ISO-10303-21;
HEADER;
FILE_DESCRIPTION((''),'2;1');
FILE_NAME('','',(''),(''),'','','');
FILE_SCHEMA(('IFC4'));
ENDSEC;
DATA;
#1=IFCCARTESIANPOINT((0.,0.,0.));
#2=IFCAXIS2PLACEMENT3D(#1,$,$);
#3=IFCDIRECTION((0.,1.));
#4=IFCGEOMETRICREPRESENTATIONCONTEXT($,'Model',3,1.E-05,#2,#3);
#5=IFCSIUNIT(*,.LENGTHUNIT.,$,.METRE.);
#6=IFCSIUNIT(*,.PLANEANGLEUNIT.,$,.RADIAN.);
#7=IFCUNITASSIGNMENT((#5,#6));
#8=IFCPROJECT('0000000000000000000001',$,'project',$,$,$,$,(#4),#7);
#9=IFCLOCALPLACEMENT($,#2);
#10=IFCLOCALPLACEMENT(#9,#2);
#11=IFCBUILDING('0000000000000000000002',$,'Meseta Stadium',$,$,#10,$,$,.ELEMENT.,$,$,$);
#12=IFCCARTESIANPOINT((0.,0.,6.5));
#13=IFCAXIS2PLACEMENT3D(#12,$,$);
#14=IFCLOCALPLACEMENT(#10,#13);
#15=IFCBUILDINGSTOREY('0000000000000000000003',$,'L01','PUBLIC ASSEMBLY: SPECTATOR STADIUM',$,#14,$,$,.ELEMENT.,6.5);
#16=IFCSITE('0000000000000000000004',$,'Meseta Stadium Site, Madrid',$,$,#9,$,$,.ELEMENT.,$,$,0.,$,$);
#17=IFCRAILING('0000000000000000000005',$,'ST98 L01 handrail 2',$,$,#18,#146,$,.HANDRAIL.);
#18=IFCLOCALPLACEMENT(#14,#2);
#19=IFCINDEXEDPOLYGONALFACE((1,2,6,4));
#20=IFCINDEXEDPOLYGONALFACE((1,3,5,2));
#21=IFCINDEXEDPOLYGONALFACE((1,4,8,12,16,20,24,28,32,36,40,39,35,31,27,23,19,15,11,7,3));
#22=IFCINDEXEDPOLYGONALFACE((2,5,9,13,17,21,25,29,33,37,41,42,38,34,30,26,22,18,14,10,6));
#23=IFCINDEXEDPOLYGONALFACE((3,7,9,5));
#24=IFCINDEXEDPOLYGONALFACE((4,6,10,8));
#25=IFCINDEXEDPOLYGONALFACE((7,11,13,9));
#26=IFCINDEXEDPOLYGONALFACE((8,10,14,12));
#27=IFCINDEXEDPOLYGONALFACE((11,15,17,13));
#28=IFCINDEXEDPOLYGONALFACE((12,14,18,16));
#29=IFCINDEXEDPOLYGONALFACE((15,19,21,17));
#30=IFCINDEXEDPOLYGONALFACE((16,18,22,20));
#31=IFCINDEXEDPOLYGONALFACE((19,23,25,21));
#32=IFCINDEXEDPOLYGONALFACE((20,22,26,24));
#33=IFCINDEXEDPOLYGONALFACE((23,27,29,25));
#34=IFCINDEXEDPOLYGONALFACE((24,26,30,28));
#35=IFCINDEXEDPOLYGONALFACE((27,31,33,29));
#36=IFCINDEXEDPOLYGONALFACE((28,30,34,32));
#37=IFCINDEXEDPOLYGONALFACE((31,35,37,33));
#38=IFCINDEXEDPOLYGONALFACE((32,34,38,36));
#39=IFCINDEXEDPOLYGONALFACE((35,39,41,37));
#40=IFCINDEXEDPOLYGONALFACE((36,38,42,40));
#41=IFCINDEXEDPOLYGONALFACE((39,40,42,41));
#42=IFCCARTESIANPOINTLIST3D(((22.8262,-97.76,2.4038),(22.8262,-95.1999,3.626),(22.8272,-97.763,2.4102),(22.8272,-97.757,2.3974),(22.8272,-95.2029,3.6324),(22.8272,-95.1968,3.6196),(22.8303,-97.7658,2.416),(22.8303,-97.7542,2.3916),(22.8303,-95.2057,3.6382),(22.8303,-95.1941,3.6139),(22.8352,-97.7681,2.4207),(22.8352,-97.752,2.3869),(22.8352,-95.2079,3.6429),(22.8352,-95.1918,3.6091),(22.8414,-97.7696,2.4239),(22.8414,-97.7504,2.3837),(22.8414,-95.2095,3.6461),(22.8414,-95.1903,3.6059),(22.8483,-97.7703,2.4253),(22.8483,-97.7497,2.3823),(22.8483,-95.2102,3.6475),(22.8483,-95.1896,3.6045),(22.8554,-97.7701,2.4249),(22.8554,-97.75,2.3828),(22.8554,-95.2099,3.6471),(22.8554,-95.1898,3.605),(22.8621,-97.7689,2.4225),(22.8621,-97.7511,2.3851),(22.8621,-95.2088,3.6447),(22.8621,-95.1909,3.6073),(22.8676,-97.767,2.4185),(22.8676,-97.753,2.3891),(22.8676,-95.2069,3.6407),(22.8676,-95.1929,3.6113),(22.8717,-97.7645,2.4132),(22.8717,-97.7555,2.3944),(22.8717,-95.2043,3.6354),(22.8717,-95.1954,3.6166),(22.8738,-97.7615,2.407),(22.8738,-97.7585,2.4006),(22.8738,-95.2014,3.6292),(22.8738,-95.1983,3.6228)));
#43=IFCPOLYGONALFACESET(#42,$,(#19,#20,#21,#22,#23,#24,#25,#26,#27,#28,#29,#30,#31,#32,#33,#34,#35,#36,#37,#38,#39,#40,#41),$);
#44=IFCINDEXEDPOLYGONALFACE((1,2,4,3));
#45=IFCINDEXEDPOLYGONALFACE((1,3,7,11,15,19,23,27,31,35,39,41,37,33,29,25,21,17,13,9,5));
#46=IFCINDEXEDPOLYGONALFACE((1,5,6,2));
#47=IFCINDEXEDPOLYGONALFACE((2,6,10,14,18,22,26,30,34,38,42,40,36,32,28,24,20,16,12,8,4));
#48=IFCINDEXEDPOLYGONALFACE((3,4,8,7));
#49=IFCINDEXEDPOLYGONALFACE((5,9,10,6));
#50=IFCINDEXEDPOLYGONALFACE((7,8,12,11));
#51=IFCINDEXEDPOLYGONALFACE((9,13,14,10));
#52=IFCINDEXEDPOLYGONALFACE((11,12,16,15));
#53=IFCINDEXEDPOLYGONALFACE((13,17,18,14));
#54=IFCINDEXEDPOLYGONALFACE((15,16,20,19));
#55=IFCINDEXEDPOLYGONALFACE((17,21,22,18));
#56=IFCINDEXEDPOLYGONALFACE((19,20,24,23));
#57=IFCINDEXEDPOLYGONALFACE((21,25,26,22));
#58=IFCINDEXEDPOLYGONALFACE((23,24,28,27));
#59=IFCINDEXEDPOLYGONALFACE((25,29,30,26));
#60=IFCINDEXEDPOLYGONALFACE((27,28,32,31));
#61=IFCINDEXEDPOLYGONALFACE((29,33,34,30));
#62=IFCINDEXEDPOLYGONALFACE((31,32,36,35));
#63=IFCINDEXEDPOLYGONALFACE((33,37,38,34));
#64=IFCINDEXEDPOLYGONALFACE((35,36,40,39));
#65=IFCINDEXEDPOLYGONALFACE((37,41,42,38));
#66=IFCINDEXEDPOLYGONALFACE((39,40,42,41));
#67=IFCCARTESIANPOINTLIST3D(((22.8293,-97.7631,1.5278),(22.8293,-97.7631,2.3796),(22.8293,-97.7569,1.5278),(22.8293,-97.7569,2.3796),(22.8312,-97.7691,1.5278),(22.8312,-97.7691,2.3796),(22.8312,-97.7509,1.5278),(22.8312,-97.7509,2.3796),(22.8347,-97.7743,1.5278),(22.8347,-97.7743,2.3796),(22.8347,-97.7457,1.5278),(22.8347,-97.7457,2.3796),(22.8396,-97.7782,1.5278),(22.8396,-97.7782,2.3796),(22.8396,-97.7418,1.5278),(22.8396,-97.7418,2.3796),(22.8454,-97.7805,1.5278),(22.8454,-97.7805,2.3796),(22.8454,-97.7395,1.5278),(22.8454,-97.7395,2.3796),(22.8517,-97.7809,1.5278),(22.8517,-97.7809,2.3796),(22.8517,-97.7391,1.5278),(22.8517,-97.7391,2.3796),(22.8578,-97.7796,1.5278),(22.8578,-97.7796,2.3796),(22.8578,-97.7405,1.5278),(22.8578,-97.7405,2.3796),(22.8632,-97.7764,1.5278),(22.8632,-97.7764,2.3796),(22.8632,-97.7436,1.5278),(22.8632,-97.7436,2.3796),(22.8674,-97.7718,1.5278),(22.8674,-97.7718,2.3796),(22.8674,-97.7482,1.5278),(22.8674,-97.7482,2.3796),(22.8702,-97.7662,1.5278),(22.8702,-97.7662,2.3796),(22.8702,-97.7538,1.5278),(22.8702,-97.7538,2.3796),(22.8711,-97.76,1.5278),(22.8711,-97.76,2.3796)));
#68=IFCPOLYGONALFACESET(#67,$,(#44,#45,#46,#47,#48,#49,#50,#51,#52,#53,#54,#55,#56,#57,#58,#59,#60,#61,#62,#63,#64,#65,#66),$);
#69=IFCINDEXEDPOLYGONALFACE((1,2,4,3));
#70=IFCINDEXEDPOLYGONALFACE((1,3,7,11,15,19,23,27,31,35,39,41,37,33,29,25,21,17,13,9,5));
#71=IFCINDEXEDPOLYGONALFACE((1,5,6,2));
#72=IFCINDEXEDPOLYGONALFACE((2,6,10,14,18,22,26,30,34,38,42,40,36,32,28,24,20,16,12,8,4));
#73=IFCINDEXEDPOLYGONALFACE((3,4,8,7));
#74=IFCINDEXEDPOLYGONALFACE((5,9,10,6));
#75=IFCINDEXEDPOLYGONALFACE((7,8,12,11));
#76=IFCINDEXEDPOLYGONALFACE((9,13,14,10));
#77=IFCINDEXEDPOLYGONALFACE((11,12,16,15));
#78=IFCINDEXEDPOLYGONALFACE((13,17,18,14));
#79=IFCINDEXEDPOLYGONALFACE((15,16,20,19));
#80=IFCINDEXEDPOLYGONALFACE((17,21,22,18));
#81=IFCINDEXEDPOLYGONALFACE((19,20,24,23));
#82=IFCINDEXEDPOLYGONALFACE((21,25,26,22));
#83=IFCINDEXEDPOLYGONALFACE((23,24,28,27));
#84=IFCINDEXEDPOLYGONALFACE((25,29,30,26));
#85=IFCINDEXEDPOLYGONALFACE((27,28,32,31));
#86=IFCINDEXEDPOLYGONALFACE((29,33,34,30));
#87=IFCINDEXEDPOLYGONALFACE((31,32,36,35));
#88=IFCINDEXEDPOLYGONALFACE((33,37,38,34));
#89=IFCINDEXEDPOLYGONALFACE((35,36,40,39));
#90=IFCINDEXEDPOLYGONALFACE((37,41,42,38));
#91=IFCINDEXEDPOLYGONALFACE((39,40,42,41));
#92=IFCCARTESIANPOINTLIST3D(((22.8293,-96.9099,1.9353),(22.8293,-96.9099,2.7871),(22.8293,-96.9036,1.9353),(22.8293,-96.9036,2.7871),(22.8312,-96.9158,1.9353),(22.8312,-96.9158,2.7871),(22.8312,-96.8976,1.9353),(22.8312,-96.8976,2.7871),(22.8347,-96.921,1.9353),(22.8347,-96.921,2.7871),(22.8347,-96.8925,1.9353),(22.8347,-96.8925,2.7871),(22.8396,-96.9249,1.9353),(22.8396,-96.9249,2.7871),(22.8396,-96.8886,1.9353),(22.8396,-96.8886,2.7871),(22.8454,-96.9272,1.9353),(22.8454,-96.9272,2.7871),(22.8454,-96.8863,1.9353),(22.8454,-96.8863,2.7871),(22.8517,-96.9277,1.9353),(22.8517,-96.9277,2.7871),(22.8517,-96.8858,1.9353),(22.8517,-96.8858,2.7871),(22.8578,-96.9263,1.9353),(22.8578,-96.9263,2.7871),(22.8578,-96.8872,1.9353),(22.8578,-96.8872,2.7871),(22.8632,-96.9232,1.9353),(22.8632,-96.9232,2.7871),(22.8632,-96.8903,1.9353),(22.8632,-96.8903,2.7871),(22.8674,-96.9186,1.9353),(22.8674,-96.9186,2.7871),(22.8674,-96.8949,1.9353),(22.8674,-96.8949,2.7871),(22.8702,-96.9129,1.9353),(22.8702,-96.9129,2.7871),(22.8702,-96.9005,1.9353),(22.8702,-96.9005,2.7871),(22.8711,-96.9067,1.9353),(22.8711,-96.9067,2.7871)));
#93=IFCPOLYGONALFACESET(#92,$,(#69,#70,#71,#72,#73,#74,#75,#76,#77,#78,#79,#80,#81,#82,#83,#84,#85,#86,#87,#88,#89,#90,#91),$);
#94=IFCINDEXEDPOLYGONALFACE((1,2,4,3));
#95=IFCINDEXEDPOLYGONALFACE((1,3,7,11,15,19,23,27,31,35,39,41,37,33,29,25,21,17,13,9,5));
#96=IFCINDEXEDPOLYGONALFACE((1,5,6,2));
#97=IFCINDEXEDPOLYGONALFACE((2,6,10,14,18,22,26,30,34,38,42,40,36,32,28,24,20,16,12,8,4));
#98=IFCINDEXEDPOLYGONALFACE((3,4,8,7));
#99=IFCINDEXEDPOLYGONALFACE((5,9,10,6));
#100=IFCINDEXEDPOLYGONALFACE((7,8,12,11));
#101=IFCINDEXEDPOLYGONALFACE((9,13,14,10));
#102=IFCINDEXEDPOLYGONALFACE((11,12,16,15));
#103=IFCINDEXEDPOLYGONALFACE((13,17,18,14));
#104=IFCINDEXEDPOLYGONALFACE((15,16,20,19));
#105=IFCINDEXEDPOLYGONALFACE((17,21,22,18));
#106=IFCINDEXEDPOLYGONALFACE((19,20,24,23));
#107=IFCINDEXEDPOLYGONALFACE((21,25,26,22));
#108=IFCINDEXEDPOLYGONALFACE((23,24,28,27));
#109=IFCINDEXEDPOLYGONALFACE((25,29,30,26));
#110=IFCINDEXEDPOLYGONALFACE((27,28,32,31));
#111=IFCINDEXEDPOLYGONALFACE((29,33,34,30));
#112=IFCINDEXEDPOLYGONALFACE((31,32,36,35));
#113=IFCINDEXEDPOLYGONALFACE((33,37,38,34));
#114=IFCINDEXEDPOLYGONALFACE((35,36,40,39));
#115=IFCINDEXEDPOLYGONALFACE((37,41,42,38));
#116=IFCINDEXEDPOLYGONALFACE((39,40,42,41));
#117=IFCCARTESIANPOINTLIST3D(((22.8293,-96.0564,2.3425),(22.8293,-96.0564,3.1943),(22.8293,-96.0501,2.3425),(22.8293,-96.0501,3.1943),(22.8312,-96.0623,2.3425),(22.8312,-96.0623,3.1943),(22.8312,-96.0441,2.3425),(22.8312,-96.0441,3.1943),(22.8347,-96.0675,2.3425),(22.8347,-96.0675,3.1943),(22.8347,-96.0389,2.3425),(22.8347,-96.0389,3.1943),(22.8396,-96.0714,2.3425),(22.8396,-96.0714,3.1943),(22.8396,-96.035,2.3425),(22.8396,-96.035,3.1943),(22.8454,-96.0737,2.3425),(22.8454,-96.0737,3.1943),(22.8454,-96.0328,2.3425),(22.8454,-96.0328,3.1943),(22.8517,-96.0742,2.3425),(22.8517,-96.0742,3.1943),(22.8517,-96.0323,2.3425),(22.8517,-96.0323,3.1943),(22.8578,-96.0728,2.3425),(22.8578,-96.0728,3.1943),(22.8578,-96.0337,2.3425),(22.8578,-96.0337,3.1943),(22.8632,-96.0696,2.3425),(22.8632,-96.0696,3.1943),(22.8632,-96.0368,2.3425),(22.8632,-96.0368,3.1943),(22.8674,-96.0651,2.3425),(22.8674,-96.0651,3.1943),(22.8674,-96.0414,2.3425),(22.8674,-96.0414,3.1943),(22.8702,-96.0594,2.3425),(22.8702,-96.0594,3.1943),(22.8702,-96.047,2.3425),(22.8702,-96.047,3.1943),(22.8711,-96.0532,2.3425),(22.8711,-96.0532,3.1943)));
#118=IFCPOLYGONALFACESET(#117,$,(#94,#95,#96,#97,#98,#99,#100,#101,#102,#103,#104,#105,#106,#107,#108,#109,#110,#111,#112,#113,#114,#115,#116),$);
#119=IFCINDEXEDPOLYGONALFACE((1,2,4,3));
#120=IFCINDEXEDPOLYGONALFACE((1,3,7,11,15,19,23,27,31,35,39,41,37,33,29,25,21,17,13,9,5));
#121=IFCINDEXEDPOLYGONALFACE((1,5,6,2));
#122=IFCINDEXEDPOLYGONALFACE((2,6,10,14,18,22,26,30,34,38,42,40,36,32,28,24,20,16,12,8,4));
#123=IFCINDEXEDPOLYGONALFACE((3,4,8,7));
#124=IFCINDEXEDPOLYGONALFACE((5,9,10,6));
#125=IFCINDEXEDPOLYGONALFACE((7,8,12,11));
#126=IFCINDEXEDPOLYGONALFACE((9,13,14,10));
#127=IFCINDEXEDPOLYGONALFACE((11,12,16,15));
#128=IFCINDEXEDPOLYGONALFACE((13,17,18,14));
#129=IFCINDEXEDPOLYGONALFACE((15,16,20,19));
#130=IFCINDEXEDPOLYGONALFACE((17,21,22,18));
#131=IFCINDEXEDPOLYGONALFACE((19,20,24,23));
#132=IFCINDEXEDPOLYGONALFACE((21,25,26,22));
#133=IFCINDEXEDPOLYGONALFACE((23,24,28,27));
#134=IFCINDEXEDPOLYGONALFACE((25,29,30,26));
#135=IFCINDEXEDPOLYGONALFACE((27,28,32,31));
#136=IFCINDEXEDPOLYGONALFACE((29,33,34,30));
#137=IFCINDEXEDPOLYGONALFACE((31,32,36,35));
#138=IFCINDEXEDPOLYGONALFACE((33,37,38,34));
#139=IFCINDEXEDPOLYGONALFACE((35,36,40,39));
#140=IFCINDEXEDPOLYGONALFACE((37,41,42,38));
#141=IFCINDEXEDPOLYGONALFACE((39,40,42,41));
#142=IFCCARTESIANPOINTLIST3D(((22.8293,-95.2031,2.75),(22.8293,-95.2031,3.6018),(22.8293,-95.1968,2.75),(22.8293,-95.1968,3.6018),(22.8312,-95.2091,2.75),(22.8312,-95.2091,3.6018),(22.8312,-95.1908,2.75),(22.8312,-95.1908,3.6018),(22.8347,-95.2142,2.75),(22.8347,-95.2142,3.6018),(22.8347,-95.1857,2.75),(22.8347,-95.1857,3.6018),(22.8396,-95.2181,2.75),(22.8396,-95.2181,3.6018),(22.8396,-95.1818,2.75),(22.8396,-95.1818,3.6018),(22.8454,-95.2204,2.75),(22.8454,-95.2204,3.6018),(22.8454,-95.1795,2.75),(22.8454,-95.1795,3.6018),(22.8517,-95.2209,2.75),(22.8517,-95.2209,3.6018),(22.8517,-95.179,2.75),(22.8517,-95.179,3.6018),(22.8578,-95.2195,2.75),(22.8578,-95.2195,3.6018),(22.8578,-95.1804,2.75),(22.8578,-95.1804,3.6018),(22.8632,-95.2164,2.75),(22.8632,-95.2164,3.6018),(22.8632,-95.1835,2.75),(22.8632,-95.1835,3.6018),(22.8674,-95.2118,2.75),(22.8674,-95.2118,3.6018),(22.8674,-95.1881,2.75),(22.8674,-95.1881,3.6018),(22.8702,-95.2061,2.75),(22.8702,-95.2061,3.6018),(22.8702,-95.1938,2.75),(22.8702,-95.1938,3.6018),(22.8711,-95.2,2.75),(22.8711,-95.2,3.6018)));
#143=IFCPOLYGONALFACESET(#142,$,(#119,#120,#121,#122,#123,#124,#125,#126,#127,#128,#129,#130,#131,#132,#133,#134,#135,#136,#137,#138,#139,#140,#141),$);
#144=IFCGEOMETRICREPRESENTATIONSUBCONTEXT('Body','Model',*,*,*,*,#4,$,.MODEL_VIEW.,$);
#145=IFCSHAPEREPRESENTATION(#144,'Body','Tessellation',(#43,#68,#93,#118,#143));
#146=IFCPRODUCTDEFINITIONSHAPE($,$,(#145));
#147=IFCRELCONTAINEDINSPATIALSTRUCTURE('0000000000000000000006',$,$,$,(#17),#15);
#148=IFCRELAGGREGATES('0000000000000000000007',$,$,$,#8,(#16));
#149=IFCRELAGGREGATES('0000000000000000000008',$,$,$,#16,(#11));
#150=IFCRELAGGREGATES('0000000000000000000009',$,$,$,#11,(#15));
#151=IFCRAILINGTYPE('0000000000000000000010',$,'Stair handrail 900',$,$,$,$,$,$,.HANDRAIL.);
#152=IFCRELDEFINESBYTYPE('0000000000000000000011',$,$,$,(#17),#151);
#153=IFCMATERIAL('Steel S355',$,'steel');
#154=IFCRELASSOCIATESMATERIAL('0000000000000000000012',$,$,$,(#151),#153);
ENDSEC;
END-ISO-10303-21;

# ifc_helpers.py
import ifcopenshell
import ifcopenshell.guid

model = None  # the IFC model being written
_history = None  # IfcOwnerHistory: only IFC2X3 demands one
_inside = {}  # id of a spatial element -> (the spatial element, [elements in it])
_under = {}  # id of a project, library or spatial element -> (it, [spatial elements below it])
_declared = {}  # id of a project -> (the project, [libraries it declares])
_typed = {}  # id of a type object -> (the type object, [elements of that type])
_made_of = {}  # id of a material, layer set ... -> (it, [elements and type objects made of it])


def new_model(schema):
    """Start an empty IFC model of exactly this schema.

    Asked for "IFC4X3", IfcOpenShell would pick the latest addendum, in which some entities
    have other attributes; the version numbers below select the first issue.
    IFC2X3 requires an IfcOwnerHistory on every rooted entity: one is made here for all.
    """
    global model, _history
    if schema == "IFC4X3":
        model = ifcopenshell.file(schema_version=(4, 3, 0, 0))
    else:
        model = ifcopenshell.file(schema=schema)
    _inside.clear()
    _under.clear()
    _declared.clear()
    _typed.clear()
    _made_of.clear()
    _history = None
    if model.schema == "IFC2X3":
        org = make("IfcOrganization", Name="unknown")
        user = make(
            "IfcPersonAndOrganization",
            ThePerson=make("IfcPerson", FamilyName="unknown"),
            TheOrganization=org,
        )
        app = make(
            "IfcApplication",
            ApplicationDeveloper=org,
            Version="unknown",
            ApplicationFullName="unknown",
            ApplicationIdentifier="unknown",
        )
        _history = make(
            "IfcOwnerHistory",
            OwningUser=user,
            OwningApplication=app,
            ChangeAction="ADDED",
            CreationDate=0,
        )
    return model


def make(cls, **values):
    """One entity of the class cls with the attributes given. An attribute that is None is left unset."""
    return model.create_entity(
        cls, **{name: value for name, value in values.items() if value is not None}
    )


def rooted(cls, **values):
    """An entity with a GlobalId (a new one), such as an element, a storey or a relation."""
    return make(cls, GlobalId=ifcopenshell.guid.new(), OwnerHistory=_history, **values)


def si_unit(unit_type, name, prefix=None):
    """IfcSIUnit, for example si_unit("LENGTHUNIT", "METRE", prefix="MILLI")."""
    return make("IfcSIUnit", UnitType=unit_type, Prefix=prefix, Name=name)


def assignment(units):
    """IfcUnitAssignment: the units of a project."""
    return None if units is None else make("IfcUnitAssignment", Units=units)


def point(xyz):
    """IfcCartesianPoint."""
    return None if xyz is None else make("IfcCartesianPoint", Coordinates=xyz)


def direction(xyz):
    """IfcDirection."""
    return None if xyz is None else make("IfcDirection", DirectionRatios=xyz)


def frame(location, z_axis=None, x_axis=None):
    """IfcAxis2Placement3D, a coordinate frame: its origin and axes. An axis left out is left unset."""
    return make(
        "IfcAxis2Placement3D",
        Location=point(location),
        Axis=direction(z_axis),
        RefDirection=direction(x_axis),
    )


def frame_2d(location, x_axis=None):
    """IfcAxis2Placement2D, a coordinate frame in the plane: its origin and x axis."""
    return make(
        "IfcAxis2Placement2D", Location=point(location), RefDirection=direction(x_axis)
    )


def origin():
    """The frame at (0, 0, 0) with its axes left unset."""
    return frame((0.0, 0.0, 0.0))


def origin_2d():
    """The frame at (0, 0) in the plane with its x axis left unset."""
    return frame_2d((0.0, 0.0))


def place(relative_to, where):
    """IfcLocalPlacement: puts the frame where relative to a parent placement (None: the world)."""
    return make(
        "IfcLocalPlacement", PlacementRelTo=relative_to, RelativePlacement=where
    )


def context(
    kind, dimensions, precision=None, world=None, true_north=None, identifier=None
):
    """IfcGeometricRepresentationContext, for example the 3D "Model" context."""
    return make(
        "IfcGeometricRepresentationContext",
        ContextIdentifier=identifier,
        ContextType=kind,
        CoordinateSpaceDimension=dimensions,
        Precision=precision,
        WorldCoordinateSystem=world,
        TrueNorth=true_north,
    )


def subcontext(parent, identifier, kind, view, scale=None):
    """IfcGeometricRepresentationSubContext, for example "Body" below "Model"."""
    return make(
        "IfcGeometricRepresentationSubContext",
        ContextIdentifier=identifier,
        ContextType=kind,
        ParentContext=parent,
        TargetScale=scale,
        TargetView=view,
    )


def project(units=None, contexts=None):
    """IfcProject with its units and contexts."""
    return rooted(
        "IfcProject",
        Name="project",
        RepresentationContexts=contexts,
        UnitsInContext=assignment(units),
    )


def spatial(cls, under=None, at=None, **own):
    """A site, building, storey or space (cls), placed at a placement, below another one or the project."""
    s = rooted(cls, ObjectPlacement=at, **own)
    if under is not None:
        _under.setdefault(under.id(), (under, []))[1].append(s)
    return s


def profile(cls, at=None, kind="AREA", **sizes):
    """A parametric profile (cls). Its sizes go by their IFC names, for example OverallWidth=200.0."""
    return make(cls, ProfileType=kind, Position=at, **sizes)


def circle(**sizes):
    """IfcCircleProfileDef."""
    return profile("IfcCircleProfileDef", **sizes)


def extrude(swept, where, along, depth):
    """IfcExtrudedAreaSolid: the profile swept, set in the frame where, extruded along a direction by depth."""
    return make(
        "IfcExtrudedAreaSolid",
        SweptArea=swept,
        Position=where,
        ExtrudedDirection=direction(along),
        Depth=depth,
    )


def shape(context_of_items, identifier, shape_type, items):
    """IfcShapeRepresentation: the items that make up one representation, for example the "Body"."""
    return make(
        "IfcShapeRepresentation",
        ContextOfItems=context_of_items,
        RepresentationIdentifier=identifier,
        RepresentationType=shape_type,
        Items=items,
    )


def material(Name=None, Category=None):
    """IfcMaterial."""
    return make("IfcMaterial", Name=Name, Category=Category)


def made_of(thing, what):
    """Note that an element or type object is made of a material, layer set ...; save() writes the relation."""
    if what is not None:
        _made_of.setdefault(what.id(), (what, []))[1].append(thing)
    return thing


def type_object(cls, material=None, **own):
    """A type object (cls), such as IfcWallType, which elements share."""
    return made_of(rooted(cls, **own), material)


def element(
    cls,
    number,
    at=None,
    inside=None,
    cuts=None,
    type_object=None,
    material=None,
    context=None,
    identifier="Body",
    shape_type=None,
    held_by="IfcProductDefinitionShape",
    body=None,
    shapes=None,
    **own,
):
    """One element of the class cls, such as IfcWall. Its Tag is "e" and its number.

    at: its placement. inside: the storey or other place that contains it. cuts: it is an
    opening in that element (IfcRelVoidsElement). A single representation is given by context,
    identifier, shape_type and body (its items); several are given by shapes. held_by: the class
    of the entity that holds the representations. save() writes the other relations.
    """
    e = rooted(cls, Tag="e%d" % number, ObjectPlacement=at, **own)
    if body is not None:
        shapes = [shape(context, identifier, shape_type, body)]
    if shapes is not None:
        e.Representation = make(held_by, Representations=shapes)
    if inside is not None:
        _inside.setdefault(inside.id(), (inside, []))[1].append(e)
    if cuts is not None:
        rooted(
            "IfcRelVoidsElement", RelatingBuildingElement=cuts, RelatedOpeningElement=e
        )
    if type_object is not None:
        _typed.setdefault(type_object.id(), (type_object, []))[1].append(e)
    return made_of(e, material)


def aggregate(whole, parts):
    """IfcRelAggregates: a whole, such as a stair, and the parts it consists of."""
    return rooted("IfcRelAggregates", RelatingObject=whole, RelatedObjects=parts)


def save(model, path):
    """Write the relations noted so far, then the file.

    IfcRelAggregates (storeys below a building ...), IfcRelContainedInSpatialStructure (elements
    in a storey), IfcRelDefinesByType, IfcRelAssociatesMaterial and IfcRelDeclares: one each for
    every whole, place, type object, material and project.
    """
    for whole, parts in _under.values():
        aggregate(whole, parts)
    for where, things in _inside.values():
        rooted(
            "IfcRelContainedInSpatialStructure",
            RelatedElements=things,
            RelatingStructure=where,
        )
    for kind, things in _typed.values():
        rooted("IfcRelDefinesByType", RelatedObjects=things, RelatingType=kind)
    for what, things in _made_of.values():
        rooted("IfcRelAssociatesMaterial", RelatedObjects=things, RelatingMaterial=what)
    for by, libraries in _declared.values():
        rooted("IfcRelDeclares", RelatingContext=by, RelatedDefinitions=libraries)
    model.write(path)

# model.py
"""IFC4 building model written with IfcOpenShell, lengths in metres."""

from ifc_helpers import new_model, si_unit, direction, frame, origin, origin_2d, place, context, subcontext, project, spatial, circle, extrude, material, type_object, element, save


model = new_model("IFC4")

# Units and contexts
model_context = context("Model", 3, precision=1e-05, world=origin(), true_north=direction((0.0, 1.0)))
body_context = subcontext(model_context, "Body", "Model", "MODEL_VIEW")
ifc_project = project(units=[si_unit("LENGTHUNIT", "METRE"), si_unit("PLANEANGLEUNIT", "RADIAN")], contexts=[model_context])

# Site, building, storey
site_placement = place(None, origin())
site = spatial("IfcSite", under=ifc_project, at=site_placement, Name="Meseta Stadium Site, Madrid", CompositionType="ELEMENT", RefElevation=0.0)
building_placement = place(site_placement, origin())
building = spatial("IfcBuilding", under=site, at=building_placement, Name="Meseta Stadium", CompositionType="ELEMENT")
storey_placement = place(building_placement, frame((0.0, 0.0, 6.5)))
storey = spatial("IfcBuildingStorey", under=building, at=storey_placement, Name="L01", Description="PUBLIC ASSEMBLY: SPECTATOR STADIUM", CompositionType="ELEMENT", Elevation=6.5)

# Railing
ifc_material_1 = material(Name="Steel S355", Category="steel")
railing_type_1 = type_object("IfcRailingType", Name="Stair handrail 900", PredefinedType="HANDRAIL", material=ifc_material_1)
for number, where, name in (
    (1, (22.8501, -97.76, 1.5278), "ST98 L01 handrail 2"),
):
    element("IfcRailing", number, at=place(storey_placement, frame(where)), inside=storey, type_object=railing_type_1, Name=name, PredefinedType="HANDRAIL", context=body_context, shape_type="SweptSolid", body=[
        extrude(circle(Radius=0.0239, at=origin_2d()), frame((0.0, 0.0, 0.876), z_axis=(0.0, 0.902437, 0.430822), x_axis=(-1.0, 0.0, 0.0)), (0.0, 0.0, 1.0), 2.8369),
        extrude(circle(Radius=0.021, at=origin_2d()), origin(), (0.0, 0.0, 1.0), 0.8518),
        extrude(circle(Radius=0.021, at=origin_2d()), frame((0.0, 0.8533, 0.4075)), (0.0, 0.0, 1.0), 0.8518),
        extrude(circle(Radius=0.021, at=origin_2d()), frame((0.0, 1.7068, 0.8147)), (0.0, 0.0, 1.0), 0.8518),
        extrude(circle(Radius=0.021, at=origin_2d()), frame((0.0, 2.5601, 1.2222)), (0.0, 0.0, 1.0), 0.8518),
    ])

save(model, "model.ifc")
